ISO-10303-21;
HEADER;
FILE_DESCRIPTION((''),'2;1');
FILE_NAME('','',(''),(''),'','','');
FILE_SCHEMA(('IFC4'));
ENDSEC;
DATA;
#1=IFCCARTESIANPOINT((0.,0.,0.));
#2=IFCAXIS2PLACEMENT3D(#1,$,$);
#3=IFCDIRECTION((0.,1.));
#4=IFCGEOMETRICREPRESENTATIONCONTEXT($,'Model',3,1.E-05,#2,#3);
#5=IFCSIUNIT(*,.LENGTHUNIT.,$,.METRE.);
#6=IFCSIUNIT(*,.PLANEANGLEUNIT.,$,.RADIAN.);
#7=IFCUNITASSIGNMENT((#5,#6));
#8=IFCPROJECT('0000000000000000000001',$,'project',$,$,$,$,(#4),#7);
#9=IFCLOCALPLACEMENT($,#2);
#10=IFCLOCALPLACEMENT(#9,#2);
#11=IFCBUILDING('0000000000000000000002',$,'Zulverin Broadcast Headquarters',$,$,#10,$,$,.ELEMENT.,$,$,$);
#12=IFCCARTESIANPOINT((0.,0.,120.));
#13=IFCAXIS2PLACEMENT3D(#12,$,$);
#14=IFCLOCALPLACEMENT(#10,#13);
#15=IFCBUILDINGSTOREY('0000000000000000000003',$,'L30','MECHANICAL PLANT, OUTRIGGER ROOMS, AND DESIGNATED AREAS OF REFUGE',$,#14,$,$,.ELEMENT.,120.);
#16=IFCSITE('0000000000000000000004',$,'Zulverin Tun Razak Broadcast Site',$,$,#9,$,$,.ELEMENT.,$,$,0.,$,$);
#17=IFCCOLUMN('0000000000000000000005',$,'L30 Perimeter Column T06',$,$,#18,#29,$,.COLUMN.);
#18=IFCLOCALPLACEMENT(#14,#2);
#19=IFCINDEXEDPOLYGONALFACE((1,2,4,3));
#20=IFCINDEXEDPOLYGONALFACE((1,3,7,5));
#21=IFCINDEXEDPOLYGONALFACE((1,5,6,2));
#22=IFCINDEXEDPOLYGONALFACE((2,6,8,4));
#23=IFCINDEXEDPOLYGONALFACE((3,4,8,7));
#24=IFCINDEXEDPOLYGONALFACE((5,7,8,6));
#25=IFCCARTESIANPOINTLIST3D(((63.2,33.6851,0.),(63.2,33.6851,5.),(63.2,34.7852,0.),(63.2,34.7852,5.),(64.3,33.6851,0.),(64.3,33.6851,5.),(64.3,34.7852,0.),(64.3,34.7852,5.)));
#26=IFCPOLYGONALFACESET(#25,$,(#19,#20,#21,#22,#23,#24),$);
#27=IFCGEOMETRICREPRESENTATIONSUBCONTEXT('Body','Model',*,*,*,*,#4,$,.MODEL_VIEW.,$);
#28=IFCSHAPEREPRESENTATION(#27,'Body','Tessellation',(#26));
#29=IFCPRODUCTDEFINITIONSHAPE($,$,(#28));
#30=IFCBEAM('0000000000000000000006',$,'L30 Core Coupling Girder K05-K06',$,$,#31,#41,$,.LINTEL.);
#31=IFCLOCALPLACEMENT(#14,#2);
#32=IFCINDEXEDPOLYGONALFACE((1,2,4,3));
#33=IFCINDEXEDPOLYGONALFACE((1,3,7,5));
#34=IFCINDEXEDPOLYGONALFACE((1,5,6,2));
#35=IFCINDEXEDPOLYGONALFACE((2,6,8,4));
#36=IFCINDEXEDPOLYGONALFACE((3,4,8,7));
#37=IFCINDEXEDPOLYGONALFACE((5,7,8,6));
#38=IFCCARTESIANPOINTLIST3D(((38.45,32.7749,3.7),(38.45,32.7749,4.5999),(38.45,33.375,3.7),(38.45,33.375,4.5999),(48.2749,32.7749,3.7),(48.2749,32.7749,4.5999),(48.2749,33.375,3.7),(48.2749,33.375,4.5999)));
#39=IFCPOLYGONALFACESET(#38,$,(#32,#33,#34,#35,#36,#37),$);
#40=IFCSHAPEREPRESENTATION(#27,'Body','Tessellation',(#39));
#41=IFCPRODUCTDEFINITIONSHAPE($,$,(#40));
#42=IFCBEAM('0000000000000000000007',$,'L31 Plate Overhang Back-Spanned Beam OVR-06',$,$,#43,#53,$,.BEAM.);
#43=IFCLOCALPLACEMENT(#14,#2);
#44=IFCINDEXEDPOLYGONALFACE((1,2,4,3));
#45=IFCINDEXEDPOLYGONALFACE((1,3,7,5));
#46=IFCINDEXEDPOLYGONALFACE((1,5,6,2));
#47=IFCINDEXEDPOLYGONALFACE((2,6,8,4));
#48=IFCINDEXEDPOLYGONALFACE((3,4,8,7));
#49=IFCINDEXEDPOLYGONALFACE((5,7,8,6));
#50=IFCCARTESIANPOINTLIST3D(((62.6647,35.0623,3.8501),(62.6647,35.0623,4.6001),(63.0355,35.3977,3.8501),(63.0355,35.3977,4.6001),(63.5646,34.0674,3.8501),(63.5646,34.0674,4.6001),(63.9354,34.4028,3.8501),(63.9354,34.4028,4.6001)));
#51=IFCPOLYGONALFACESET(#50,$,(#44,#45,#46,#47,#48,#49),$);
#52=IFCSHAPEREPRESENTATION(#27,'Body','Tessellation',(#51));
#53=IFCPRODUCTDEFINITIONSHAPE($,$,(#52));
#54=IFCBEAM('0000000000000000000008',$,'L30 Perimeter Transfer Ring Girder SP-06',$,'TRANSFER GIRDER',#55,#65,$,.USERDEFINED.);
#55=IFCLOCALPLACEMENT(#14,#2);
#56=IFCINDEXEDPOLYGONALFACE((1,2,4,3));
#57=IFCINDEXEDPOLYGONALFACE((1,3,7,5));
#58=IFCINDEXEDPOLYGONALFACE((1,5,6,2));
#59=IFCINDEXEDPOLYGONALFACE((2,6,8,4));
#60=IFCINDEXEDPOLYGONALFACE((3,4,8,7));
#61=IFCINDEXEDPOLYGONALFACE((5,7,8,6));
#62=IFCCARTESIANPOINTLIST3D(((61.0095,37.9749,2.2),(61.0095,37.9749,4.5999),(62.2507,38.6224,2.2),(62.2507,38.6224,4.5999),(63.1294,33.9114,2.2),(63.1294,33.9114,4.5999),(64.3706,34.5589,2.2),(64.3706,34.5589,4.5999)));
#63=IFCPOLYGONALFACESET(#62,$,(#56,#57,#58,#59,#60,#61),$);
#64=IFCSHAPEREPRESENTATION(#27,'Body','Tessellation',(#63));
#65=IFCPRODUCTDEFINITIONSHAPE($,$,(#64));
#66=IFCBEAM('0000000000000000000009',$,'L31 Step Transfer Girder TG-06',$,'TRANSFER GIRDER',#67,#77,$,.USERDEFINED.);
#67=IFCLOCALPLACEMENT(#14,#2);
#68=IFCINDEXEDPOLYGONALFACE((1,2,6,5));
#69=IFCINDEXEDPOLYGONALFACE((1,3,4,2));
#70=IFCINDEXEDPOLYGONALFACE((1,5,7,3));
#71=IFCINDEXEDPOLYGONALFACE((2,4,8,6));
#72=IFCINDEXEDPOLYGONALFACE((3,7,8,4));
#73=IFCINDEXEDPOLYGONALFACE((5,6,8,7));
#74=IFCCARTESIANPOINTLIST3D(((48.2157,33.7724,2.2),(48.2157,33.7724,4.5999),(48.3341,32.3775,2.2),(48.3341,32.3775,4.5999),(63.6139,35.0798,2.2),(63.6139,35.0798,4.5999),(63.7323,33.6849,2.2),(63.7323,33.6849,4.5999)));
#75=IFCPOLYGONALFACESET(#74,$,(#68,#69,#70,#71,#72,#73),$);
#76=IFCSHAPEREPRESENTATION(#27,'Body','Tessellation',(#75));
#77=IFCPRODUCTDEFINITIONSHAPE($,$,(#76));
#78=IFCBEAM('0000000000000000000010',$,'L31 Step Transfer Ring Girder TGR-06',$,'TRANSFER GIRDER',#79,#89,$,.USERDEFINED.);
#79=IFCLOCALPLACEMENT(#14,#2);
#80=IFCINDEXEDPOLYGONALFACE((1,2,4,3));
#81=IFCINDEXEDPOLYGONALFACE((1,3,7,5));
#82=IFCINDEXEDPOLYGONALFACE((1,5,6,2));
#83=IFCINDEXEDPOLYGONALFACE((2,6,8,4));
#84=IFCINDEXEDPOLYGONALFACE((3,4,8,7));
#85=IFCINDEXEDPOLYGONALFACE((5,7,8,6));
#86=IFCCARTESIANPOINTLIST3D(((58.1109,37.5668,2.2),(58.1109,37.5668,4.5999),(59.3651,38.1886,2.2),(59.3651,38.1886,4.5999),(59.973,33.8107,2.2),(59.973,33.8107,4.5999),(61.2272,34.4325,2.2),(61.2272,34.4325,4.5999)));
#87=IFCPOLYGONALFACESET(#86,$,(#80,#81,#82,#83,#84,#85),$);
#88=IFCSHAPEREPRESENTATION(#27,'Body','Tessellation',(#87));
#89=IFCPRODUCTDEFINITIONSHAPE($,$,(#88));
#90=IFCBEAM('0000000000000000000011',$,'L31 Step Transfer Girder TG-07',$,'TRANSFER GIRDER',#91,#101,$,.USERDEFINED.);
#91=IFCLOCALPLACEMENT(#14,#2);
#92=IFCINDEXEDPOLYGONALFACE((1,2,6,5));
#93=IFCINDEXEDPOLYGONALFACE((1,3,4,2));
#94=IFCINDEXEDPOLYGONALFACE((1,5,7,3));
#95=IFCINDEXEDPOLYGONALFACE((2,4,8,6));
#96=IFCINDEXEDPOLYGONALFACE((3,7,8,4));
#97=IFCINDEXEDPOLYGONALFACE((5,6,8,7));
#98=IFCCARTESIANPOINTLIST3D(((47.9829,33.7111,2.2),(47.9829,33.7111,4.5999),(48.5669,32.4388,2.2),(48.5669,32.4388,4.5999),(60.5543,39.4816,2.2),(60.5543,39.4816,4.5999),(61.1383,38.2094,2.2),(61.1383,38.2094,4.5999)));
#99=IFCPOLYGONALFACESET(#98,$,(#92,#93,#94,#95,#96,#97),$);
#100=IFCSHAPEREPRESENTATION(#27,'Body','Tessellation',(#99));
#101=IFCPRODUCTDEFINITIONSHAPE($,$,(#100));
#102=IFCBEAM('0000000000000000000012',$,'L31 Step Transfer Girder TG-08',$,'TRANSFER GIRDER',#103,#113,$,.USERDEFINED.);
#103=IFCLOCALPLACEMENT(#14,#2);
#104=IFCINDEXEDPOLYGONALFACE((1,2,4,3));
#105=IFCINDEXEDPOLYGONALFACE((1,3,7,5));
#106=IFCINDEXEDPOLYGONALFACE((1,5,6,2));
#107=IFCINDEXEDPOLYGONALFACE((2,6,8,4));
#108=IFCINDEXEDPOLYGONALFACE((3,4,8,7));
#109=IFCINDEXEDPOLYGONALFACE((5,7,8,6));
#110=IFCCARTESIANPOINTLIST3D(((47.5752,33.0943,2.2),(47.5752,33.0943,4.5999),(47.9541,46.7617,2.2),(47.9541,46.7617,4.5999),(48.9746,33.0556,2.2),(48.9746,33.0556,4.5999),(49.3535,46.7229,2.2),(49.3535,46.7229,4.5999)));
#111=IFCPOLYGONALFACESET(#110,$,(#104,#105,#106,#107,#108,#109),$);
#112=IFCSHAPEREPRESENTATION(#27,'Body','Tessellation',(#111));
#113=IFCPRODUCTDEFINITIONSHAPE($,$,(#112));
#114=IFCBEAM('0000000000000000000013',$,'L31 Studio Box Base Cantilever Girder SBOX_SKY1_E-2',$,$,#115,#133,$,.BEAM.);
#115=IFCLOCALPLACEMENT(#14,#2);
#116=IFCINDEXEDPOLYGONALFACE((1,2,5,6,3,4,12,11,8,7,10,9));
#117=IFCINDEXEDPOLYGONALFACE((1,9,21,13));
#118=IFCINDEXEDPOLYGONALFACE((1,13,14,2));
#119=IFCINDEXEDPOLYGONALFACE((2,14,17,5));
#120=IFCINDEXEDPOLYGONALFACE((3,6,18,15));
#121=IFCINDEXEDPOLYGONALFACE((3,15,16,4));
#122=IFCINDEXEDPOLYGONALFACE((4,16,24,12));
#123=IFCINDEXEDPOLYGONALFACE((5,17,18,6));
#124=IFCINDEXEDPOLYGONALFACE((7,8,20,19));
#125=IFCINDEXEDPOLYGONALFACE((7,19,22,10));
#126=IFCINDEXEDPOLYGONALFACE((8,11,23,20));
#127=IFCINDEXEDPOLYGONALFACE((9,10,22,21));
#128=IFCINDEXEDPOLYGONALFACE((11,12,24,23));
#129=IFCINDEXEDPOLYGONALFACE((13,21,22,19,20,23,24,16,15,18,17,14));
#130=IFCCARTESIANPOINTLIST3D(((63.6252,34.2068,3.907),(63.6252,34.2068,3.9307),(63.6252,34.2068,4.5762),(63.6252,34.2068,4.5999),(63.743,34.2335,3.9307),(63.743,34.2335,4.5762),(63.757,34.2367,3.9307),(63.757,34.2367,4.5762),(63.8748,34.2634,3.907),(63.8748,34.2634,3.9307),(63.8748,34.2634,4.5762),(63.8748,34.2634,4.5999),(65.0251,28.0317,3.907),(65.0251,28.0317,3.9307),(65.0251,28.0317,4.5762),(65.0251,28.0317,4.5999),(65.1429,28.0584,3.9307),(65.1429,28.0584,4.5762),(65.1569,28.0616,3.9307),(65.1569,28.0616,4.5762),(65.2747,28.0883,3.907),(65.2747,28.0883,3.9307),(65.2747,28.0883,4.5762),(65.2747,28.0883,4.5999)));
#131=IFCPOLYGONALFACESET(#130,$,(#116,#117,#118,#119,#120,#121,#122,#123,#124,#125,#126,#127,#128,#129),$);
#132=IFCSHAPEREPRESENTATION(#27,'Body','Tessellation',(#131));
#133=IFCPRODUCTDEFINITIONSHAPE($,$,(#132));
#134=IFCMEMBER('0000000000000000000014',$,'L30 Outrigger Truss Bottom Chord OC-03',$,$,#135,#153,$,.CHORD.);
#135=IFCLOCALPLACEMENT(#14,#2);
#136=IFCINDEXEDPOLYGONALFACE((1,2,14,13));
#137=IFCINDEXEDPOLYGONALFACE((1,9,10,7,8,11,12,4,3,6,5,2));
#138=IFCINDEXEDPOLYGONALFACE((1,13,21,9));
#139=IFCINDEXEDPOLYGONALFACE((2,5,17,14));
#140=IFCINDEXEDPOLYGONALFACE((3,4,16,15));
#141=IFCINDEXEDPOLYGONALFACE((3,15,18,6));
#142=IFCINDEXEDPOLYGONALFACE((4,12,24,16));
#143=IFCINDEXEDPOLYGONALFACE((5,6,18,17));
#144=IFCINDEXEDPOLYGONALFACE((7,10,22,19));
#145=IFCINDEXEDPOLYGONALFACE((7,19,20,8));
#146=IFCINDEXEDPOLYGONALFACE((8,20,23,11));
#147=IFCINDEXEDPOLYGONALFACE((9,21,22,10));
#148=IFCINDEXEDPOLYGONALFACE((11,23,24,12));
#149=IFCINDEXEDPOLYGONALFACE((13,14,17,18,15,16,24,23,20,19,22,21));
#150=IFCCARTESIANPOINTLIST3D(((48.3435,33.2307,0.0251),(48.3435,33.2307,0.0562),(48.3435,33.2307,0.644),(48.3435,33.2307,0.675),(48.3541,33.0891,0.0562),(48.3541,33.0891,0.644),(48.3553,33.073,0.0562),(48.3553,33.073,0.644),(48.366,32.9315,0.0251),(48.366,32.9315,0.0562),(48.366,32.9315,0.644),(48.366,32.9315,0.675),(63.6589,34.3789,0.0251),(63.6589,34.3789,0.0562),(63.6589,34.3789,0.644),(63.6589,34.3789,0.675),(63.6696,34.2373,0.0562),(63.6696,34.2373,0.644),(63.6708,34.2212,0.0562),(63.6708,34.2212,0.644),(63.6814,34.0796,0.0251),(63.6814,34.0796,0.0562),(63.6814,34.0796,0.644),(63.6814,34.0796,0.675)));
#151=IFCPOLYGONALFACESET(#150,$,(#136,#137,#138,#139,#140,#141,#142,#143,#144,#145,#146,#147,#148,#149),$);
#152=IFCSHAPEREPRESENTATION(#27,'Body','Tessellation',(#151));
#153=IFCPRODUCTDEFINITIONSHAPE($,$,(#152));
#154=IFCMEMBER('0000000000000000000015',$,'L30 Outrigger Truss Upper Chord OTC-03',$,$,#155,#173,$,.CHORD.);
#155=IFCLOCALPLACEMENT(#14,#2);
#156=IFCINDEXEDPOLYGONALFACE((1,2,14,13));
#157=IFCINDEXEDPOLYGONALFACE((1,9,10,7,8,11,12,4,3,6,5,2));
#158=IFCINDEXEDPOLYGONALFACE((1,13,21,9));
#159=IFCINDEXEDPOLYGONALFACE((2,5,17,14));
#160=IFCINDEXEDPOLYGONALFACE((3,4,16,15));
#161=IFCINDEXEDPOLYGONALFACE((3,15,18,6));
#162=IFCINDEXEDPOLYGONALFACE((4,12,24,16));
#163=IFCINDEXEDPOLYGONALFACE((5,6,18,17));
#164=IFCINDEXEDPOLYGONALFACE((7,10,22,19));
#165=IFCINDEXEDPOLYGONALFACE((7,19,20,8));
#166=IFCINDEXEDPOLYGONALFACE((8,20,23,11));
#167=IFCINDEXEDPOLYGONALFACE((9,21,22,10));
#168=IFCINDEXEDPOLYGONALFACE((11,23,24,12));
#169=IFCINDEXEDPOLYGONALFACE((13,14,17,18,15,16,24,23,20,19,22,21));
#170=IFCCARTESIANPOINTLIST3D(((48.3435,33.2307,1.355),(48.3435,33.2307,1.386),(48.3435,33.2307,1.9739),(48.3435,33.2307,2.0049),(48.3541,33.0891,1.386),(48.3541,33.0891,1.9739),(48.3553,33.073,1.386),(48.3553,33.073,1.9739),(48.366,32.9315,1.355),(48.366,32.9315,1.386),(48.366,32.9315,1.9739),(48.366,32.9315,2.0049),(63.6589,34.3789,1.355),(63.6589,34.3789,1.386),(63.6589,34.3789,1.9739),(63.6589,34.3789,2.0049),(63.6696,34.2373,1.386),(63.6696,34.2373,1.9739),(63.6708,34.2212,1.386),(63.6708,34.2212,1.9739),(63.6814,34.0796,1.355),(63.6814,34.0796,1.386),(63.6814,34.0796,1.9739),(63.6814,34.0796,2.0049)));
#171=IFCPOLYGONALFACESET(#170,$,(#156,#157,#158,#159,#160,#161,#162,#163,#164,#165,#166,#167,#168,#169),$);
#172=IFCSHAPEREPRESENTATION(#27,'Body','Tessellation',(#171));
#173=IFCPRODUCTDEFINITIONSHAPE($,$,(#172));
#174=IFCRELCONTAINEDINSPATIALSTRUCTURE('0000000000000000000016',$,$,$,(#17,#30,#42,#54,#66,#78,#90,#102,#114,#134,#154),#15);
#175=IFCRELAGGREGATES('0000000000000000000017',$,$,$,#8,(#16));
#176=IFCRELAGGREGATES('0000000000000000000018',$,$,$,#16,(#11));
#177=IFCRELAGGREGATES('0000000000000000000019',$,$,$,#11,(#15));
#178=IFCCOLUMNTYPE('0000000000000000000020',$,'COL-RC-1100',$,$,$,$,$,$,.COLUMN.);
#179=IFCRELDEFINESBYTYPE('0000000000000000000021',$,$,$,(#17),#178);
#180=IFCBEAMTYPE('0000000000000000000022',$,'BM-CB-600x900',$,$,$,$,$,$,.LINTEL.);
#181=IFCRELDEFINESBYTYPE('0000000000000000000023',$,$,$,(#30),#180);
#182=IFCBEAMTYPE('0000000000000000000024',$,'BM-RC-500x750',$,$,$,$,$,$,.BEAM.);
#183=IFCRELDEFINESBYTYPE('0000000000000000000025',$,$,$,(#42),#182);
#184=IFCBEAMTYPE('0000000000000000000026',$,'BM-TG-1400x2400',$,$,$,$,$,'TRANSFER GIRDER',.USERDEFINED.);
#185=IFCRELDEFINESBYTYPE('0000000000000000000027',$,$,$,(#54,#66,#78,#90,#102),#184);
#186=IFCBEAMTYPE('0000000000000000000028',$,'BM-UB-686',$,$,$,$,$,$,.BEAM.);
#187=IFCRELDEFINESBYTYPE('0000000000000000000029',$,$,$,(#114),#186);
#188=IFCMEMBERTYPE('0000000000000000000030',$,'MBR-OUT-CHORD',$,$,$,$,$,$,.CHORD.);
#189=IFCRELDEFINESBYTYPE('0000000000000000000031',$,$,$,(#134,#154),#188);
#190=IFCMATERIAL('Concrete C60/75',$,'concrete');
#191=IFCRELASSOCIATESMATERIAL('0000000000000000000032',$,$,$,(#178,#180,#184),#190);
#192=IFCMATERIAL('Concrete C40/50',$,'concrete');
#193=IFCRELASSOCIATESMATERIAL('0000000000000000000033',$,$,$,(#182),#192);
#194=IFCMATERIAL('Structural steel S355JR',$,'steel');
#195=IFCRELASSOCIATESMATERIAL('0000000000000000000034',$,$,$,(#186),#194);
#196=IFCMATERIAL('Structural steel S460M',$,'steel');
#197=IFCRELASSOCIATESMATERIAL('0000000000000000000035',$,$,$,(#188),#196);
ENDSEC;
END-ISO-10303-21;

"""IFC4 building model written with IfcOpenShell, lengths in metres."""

from ifc_helpers import new_model, si_unit, direction, frame, origin, origin_2d, place, context, subcontext, project, spatial, rectangle, i_section, extrude, material, material_profile, profile_set, type_object, element, save


model = new_model("IFC4")

# Units and contexts
model_context = context("Model", 3, precision=1e-05, world=origin(), true_north=direction((0.0, 1.0)))
body_context = subcontext(model_context, "Body", "Model", "MODEL_VIEW")
ifc_project = project(units=[si_unit("LENGTHUNIT", "METRE"), si_unit("PLANEANGLEUNIT", "RADIAN")], contexts=[model_context])

# Site, building, storey
site_placement = place(None, origin())
site = spatial("IfcSite", under=ifc_project, at=site_placement, Name="Zulverin Tun Razak Broadcast Site", CompositionType="ELEMENT", RefElevation=0.0)
building_placement = place(site_placement, origin())
building = spatial("IfcBuilding", under=site, at=building_placement, Name="Zulverin Broadcast Headquarters", CompositionType="ELEMENT")
storey_placement = place(building_placement, frame((0.0, 0.0, 120.0)))
storey = spatial("IfcBuildingStorey", under=building, at=storey_placement, Name="L30", Description="MECHANICAL PLANT, OUTRIGGER ROOMS, AND DESIGNATED AREAS OF REFUGE", CompositionType="ELEMENT", Elevation=120.0)

# Column
ifc_material_1 = material(Name="Concrete C60/75", Category="concrete")
ifc_material_profile_1 = material_profile(ifc_material_1, rectangle(XDim=1.1001, YDim=1.1001, at=origin_2d()), Name="Concrete C60/75", Category="concrete")
ifc_profile_set_1 = profile_set([ifc_material_profile_1], Name="Concrete C60/75")
column_type = type_object("IfcColumnType", Name="COL-RC-1100", PredefinedType="COLUMN", material=ifc_profile_set_1)
column_placement = place(storey_placement, frame((63.75, 34.2351, 0.0), z_axis=(0.0, 0.0, 1.0), x_axis=(1.0, 0.0, 0.0)))
element("IfcColumn", 1, at=column_placement, inside=storey, type_object=column_type, Name="L30 Perimeter Column T06", PredefinedType="COLUMN", context=body_context, shape_type="SweptSolid", body=[
    extrude(rectangle(XDim=1.1001, YDim=1.1001, at=origin_2d()), origin(), (0.0, 0.0, 1.0), 5.0),
])

# Beams
ifc_material_profile_2 = material_profile(ifc_material_1, rectangle(XDim=0.6001, YDim=0.8999, at=origin_2d()), Name="Concrete C60/75", Category="concrete")
ifc_profile_set_2 = profile_set([ifc_material_profile_2], Name="Concrete C60/75")
beam_type_1 = type_object("IfcBeamType", Name="BM-CB-600x900", PredefinedType="LINTEL", material=ifc_profile_set_2)
beam_1_placement = place(storey_placement, frame((48.2749, 33.075, 4.1499), z_axis=(-1.0, 0.0, 0.0), x_axis=(0.0, -1.0, 0.0)))
element("IfcBeam", 2, at=beam_1_placement, inside=storey, type_object=beam_type_1, Name="L30 Core Coupling Girder K05-K06", PredefinedType="LINTEL", context=body_context, shape_type="SweptSolid", body=[
    extrude(rectangle(XDim=0.6001, YDim=0.8999, at=origin_2d()), origin(), (0.0, 0.0, 1.0), 9.825),
])
ifc_material_2 = material(Name="Concrete C40/50", Category="concrete")
ifc_material_profile_3 = material_profile(ifc_material_2, rectangle(XDim=0.5, YDim=0.75, at=origin_2d()), Name="Concrete C40/50", Category="concrete")
ifc_profile_set_3 = profile_set([ifc_material_profile_3], Name="Concrete C40/50")
beam_type_2 = type_object("IfcBeamType", Name="BM-RC-500x750", PredefinedType="BEAM", material=ifc_profile_set_3)
beam_2_placement = place(storey_placement, frame((63.75, 34.2351, 4.2251), z_axis=(-0.670823, 0.741618, 0.0), x_axis=(-0.741618, -0.670823, 0.0)))
element("IfcBeam", 3, at=beam_2_placement, inside=storey, type_object=beam_type_2, Name="L31 Plate Overhang Back-Spanned Beam OVR-06", PredefinedType="BEAM", context=body_context, shape_type="SweptSolid", body=[
    extrude(rectangle(XDim=0.5, YDim=0.75, at=origin_2d()), origin(), (0.0, 0.0, 1.0), 1.3416),
])
ifc_material_profile_4 = material_profile(ifc_material_1, rectangle(XDim=1.3999, YDim=2.3999, at=origin_2d()), Name="Concrete C60/75", Category="concrete")
ifc_profile_set_4 = profile_set([ifc_material_profile_4], Name="Concrete C60/75")
beam_type_3 = type_object("IfcBeamType", Name="BM-TG-1400x2400", ElementType="TRANSFER GIRDER", PredefinedType="USERDEFINED", material=ifc_profile_set_4)
beam_3_placement = place(storey_placement, frame((63.75, 34.2351, 3.3999), z_axis=(-0.462531, 0.886603, 0.0), x_axis=(-0.886603, -0.462531, 0.0)))
element("IfcBeam", 4, at=beam_3_placement, inside=storey, type_object=beam_type_3, Name="L30 Perimeter Transfer Ring Girder SP-06", ObjectType="TRANSFER GIRDER", PredefinedType="USERDEFINED", context=body_context, shape_type="SweptSolid", body=[
    extrude(rectangle(XDim=1.3999, YDim=2.3999, at=origin_2d()), origin(), (0.0, 0.0, 1.0), 4.5833),
])
beam_4_placement = place(storey_placement, frame((48.2749, 33.075, 3.3999), z_axis=(0.996415, 0.0846, 0.0), x_axis=(-0.0846, 0.996415, 0.0)))
element("IfcBeam", 5, at=beam_4_placement, inside=storey, type_object=beam_type_3, Name="L31 Step Transfer Girder TG-06", ObjectType="TRANSFER GIRDER", PredefinedType="USERDEFINED", context=body_context, shape_type="SweptSolid", body=[
    extrude(rectangle(XDim=1.3999, YDim=2.3999, at=origin_2d()), origin(), (0.0, 0.0, 1.0), 15.4536),
])
beam_5_placement = place(storey_placement, frame((60.6001, 34.1216, 3.3999), z_axis=(-0.444159, 0.895948, 0.0), x_axis=(-0.895948, -0.444159, 0.0)))
element("IfcBeam", 6, at=beam_5_placement, inside=storey, type_object=beam_type_3, Name="L31 Step Transfer Ring Girder TGR-06", ObjectType="TRANSFER GIRDER", PredefinedType="USERDEFINED", context=body_context, shape_type="SweptSolid", body=[
    extrude(rectangle(XDim=1.3999, YDim=2.3999, at=origin_2d()), origin(), (0.0, 0.0, 1.0), 4.1924),
])
beam_6_placement = place(storey_placement, frame((48.2749, 33.075, 3.3999), z_axis=(0.908827, 0.417172, 0.0), x_axis=(-0.417172, 0.908827, 0.0)))
element("IfcBeam", 7, at=beam_6_placement, inside=storey, type_object=beam_type_3, Name="L31 Step Transfer Girder TG-07", ObjectType="TRANSFER GIRDER", PredefinedType="USERDEFINED", context=body_context, shape_type="SweptSolid", body=[
    extrude(rectangle(XDim=1.3999, YDim=2.3999, at=origin_2d()), origin(), (0.0, 0.0, 1.0), 13.8325),
])
beam_7_placement = place(storey_placement, frame((48.2749, 33.075, 3.3999), z_axis=(0.027713, 0.999616, 0.0), x_axis=(-0.999616, 0.027713, 0.0)))
element("IfcBeam", 8, at=beam_7_placement, inside=storey, type_object=beam_type_3, Name="L31 Step Transfer Girder TG-08", ObjectType="TRANSFER GIRDER", PredefinedType="USERDEFINED", context=body_context, shape_type="SweptSolid", body=[
    extrude(rectangle(XDim=1.3999, YDim=2.3999, at=origin_2d()), origin(), (0.0, 0.0, 1.0), 13.6726),
])
ifc_material_3 = material(Name="Structural steel S355JR", Category="steel")
ifc_material_profile_5 = material_profile(ifc_material_3, i_section(OverallWidth=0.2559, OverallDepth=0.6929, WebThickness=0.0144, FlangeThickness=0.0237, at=origin_2d()), Name="Structural steel S355JR", Category="steel")
ifc_profile_set_5 = profile_set([ifc_material_profile_5], Name="Structural steel S355JR")
beam_type_4 = type_object("IfcBeamType", Name="BM-UB-686", PredefinedType="BEAM", material=ifc_profile_set_5)
beam_8_placement = place(storey_placement, frame((63.75, 34.2351, 4.2534), z_axis=(0.221093, -0.975253, 0.0), x_axis=(0.975253, 0.221093, 0.0)))
element("IfcBeam", 9, at=beam_8_placement, inside=storey, type_object=beam_type_4, Name="L31 Studio Box Base Cantilever Girder SBOX_SKY1_E-2", PredefinedType="BEAM", context=body_context, shape_type="SweptSolid", body=[
    extrude(i_section(OverallWidth=0.2559, OverallDepth=0.6929, WebThickness=0.0144, FlangeThickness=0.0237, at=origin_2d()), origin(), (0.0, 0.0, 1.0), 6.3318),
])

# Members
ifc_material_4 = material(Name="Structural steel S460M", Category="steel")
ifc_material_profile_6 = material_profile(ifc_material_4, i_section(OverallWidth=0.3, OverallDepth=0.6499, WebThickness=0.0161, FlangeThickness=0.031, at=origin_2d()), Name="Structural steel S460M", Category="steel")
ifc_profile_set_6 = profile_set([ifc_material_profile_6], Name="Structural steel S460M")
member_type_1 = type_object("IfcMemberType", Name="MBR-OUT-CHORD", PredefinedType="CHORD", material=ifc_profile_set_6)
for number, where, z_axis, x_axis, name in (
    (10, (48.3547, 33.0811, 0.3501), (0.997202, 0.07476, 0.0), (-0.07476, 0.997202, 0.0), "L30 Outrigger Truss Bottom Chord OC-03"),
    (11, (48.3547, 33.0811, 1.6799), (0.997202, 0.07476, 0.0), (-0.07476, 0.997202, 0.0), "L30 Outrigger Truss Upper Chord OTC-03"),
):
    element("IfcMember", number, at=place(storey_placement, frame(where, z_axis=z_axis, x_axis=x_axis)), inside=storey, type_object=member_type_1, Name=name, PredefinedType="CHORD", context=body_context, shape_type="SweptSolid", body=[
        extrude(i_section(OverallWidth=0.3, OverallDepth=0.6499, WebThickness=0.0161, FlangeThickness=0.031, at=origin_2d()), origin(), (0.0, 0.0, 1.0), 15.3584),
    ])

save(model, "model.ifc")
